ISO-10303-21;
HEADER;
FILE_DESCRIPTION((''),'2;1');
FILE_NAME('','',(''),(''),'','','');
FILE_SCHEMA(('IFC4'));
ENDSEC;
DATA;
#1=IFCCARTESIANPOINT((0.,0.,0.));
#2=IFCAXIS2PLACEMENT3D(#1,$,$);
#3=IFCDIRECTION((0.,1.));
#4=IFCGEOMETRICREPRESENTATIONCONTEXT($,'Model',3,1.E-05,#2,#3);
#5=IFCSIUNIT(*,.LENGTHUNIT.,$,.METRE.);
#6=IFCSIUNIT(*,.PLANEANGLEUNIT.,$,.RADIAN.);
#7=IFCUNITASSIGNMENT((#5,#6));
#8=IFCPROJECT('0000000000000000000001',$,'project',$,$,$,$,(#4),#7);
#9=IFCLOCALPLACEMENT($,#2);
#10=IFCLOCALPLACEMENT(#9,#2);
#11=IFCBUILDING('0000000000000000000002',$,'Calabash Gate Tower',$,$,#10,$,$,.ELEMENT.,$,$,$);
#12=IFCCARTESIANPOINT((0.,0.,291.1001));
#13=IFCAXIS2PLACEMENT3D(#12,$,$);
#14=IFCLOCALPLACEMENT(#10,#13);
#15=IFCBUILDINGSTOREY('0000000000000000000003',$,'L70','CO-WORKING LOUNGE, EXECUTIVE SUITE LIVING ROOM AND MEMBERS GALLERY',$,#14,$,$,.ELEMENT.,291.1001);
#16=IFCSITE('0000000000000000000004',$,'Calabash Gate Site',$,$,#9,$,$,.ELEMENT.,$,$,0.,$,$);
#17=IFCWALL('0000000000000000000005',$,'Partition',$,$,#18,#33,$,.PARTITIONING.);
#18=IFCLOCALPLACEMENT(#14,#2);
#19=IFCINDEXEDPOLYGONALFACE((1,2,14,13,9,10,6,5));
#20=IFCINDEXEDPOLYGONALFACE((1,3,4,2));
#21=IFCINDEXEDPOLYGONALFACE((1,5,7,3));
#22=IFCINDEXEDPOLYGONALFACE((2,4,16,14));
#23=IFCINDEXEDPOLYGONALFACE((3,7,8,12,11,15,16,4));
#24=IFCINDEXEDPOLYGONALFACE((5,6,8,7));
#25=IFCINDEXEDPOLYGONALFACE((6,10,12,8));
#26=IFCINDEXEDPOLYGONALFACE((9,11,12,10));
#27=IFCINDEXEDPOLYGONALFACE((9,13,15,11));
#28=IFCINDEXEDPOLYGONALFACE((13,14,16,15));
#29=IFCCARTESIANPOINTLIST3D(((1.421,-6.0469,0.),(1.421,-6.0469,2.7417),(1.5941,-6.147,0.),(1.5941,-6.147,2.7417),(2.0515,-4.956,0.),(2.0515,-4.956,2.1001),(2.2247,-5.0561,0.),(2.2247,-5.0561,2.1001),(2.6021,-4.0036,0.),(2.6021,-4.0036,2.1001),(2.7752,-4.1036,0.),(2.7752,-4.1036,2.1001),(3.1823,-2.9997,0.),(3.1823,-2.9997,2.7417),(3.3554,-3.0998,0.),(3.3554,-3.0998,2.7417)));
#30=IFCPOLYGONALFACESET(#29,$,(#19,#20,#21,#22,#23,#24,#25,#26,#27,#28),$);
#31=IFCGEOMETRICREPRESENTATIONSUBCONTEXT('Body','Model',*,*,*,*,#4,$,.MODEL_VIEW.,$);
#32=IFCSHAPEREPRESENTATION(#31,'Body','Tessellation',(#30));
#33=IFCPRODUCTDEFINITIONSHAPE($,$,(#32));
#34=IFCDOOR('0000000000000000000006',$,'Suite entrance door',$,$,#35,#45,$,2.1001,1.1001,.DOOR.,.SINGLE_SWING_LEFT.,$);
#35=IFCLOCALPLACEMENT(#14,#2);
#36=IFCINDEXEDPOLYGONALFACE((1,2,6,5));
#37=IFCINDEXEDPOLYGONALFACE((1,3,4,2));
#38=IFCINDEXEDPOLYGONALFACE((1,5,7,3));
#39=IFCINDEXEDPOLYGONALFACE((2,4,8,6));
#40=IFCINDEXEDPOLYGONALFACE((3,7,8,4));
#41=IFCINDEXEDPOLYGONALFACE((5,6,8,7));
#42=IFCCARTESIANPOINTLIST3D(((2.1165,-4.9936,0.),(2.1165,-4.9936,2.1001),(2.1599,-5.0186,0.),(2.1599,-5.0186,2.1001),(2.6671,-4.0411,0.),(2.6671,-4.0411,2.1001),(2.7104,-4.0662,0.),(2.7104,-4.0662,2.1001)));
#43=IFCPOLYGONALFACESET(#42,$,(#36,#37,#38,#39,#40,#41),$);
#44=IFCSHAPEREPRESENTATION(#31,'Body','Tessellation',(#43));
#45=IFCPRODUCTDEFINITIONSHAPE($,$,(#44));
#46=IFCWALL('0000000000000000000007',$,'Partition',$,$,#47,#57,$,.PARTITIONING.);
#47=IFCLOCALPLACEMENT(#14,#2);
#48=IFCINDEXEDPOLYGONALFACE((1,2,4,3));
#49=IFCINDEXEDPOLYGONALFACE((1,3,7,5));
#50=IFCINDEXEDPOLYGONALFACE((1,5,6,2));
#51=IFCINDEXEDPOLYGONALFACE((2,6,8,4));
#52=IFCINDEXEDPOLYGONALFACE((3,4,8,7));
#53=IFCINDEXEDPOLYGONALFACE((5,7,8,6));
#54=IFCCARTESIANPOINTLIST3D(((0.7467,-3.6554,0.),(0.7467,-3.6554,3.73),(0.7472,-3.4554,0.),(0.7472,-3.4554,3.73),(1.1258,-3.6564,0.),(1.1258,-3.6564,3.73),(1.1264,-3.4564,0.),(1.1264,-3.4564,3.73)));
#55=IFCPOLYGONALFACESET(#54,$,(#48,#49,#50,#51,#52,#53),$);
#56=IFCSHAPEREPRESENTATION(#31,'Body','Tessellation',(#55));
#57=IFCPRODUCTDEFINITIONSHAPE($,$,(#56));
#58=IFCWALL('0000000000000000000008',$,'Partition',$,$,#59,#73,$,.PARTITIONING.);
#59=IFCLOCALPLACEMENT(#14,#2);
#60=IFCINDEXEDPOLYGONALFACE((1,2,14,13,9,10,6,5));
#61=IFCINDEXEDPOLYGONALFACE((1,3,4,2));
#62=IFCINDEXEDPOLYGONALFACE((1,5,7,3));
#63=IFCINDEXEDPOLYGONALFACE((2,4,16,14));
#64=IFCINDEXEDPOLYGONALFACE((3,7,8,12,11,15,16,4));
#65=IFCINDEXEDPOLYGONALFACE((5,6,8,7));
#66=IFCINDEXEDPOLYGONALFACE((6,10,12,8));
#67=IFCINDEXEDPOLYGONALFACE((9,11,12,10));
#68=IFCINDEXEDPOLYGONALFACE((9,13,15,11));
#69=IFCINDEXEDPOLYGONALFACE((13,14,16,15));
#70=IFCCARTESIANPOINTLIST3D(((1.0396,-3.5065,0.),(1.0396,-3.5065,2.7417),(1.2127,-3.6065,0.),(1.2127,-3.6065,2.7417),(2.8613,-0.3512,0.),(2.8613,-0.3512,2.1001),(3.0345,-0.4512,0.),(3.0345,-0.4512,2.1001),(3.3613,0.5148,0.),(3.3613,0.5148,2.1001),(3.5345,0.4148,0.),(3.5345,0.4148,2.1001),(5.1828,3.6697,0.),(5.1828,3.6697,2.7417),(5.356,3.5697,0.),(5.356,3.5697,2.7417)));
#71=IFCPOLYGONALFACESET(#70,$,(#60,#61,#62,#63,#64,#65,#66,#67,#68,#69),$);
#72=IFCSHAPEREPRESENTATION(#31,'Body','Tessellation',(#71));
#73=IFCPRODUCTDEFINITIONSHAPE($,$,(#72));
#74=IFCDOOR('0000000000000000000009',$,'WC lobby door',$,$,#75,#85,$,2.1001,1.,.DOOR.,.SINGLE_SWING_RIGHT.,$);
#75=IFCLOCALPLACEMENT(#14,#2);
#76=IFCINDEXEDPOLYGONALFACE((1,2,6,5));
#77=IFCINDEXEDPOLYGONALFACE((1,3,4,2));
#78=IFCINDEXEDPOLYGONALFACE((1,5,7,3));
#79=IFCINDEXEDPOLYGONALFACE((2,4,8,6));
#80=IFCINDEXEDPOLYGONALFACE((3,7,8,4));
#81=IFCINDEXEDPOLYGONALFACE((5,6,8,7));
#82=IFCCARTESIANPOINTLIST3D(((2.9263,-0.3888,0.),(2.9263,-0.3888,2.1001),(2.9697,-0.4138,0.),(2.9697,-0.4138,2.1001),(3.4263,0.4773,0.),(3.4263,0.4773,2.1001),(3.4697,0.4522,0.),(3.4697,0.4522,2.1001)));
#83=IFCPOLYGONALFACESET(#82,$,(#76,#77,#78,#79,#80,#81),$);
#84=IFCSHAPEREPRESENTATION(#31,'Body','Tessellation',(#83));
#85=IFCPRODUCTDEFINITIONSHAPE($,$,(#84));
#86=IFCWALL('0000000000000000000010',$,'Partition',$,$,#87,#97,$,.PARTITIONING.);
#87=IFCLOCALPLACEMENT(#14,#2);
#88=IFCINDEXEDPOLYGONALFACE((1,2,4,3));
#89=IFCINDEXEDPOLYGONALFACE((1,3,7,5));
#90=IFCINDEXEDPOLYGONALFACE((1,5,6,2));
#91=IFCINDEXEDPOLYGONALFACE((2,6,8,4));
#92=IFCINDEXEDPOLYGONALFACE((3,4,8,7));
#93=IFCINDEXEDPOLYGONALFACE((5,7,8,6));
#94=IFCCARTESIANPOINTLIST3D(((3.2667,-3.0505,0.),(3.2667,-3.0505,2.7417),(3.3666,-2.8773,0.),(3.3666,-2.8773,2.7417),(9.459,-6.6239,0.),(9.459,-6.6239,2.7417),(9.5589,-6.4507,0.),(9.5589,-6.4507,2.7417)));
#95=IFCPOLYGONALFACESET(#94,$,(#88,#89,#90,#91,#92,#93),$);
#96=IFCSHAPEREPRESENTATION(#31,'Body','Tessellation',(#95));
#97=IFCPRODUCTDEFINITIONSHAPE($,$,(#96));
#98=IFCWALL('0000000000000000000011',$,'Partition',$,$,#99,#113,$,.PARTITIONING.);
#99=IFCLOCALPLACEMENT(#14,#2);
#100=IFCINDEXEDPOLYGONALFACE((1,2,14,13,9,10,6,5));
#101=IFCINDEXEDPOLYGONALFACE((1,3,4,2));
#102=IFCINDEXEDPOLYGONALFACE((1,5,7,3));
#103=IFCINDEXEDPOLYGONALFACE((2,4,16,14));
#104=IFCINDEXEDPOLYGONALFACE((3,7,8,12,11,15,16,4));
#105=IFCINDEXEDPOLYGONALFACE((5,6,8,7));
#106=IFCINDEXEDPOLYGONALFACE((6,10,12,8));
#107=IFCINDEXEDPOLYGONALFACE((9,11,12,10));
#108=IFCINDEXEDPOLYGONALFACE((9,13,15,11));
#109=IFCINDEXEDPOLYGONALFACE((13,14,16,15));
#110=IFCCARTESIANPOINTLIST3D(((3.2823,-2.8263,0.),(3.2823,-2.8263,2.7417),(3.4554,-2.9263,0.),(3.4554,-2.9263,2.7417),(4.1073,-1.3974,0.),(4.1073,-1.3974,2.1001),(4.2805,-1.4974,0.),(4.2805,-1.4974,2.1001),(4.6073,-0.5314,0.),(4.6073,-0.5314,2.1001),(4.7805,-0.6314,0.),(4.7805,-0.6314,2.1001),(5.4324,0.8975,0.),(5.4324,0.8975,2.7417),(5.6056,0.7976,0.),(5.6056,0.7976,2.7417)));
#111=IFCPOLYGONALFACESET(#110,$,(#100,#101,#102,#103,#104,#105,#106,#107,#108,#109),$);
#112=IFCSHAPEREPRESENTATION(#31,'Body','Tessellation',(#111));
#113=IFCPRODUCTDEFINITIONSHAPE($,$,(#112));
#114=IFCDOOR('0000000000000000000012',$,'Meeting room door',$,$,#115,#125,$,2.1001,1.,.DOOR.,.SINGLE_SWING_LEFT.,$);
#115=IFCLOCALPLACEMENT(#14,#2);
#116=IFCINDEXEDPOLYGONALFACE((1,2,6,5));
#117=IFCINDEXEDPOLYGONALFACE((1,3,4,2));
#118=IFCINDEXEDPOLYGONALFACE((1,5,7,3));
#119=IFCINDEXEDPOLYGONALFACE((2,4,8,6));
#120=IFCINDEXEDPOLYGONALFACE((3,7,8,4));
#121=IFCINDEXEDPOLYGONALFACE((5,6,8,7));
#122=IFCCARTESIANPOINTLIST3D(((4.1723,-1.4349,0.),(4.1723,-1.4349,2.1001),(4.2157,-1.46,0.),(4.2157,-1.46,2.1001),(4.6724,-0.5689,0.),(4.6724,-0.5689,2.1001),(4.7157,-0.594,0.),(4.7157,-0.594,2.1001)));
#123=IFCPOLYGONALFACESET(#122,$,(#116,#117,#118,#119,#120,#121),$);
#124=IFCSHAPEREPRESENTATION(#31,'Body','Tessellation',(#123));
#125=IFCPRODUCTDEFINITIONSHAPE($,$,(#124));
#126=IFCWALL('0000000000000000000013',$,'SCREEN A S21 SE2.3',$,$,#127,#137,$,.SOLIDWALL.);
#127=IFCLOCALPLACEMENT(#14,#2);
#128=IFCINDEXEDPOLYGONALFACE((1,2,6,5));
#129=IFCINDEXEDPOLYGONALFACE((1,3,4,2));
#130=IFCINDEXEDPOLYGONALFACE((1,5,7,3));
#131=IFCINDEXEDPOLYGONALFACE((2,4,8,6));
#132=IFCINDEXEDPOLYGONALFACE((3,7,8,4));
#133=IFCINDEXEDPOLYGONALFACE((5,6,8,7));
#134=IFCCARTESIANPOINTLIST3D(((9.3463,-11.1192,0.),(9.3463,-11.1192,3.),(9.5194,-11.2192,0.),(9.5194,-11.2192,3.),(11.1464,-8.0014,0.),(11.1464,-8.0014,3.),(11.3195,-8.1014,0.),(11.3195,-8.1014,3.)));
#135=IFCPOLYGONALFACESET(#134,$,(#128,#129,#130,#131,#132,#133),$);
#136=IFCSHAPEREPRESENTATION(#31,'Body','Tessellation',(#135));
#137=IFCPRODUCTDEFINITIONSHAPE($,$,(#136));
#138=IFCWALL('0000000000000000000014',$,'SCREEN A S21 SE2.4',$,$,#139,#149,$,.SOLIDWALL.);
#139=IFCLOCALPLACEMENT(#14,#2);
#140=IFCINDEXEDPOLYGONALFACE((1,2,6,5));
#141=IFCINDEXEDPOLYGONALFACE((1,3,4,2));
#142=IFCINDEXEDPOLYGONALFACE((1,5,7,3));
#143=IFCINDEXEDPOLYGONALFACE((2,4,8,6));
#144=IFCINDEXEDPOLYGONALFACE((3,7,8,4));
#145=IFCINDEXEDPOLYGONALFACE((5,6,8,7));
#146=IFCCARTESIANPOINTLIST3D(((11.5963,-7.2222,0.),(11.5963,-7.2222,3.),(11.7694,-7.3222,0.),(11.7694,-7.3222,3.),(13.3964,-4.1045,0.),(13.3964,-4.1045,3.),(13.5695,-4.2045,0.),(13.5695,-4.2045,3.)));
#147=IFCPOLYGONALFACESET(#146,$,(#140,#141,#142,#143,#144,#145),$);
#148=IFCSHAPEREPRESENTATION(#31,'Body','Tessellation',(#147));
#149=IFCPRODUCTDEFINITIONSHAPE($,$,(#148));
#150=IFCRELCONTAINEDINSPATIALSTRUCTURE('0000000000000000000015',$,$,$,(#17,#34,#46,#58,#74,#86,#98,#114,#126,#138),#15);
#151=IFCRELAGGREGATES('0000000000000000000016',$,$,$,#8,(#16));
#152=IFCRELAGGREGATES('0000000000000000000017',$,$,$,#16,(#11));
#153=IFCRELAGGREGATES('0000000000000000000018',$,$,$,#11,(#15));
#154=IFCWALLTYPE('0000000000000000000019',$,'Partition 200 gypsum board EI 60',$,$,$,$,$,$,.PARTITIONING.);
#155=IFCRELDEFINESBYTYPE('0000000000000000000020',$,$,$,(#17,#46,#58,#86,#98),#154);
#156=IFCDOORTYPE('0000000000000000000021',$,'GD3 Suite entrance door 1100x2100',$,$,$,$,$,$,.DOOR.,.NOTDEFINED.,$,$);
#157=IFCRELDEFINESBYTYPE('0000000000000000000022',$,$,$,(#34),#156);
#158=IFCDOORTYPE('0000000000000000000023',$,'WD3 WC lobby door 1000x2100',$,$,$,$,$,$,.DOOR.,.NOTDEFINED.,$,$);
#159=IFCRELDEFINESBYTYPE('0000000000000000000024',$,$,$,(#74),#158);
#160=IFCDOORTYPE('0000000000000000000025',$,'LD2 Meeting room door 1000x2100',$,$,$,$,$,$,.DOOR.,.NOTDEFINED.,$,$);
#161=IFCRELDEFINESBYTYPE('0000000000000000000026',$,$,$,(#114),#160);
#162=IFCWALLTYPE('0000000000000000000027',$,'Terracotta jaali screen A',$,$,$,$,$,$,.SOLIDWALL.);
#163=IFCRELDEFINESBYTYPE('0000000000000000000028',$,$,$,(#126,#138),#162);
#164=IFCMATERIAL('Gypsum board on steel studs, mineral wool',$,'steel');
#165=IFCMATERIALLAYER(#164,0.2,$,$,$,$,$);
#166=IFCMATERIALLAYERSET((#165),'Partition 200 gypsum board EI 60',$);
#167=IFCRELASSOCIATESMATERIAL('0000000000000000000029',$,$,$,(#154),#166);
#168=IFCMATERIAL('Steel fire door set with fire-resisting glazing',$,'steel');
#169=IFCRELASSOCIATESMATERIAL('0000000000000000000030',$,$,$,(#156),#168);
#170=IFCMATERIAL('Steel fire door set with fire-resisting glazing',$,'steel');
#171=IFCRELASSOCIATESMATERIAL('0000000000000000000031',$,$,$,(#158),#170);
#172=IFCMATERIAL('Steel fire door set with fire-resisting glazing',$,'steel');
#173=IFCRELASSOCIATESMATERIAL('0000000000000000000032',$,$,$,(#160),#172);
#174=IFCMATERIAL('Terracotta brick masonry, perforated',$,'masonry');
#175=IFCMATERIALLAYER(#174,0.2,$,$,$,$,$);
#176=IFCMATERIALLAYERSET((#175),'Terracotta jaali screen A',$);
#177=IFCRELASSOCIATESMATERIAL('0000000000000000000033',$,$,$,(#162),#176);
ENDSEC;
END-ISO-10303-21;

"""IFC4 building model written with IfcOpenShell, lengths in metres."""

from ifc_helpers import new_model, si_unit, direction, frame, frame_2d, origin, place, context, subcontext, project, spatial, rectangle, extrude, material, layer, layer_set, type_object, element, fill, save


model = new_model("IFC4")

# Units and contexts
model_context = context("Model", 3, precision=1e-05, world=origin(), true_north=direction((0.0, 1.0)))
body_context = subcontext(model_context, "Body", "Model", "MODEL_VIEW")
ifc_project = project(units=[si_unit("LENGTHUNIT", "METRE"), si_unit("PLANEANGLEUNIT", "RADIAN")], contexts=[model_context])

# Site, building, storey
site_placement = place(None, origin())
site = spatial("IfcSite", under=ifc_project, at=site_placement, Name="Calabash Gate Site", CompositionType="ELEMENT", RefElevation=0.0)
building_placement = place(site_placement, origin())
building = spatial("IfcBuilding", under=site, at=building_placement, Name="Calabash Gate Tower", CompositionType="ELEMENT")
storey_placement = place(building_placement, frame((0.0, 0.0, 291.1001)))
storey = spatial("IfcBuildingStorey", under=building, at=storey_placement, Name="L70", Description="CO-WORKING LOUNGE, EXECUTIVE SUITE LIVING ROOM AND MEMBERS GALLERY", CompositionType="ELEMENT", Elevation=291.1001)

# Shared definitions
ifc_material_1 = material(Name="Gypsum board on steel studs, mineral wool", Category="steel")
ifc_layer_1 = layer(ifc_material_1, 0.2)
ifc_layer_set_1 = layer_set([ifc_layer_1], Name="Partition 200 gypsum board EI 60")
wall_type_1 = type_object("IfcWallType", Name="Partition 200 gypsum board EI 60", PredefinedType="PARTITIONING", material=ifc_layer_set_1)

# Wall, opening, door
wall_1_placement = place(storey_placement, frame((1.5076, -6.0969, 0.0), z_axis=(0.0, 0.0, 1.0), x_axis=(0.500421, 0.865782, 0.0)))
wall_1 = element("IfcWall", 1, at=wall_1_placement, inside=storey, type_object=wall_type_1, Name="Partition", PredefinedType="PARTITIONING", context=body_context, shape_type="SweptSolid", body=[
    extrude(rectangle(XDim=3.5195, YDim=0.2, at=frame_2d((1.7598, 0.0))), origin(), (0.0, 0.0, 1.0), 2.7417),
])
opening_1_placement = place(wall_1_placement, frame((1.26, 0.0, 0.0)))
opening_1 = element("IfcOpeningElement", 2, at=opening_1_placement, cuts=wall_1, PredefinedType="OPENING", context=body_context, shape_type="SweptSolid", body=[
    extrude(rectangle(XDim=1.1001, YDim=2.1001, at=frame_2d((0.55, 1.05))), frame((0.0, 0.1099, 0.0), z_axis=(0.0, -1.0, 0.0), x_axis=(1.0, 0.0, 0.0)), (0.0, 0.0, 1.0), 0.22),
])
ifc_material_2 = material(Name="Steel fire door set with fire-resisting glazing", Category="steel")
door_type_1 = type_object("IfcDoorType", Name="GD3 Suite entrance door 1100x2100", OperationType="NOTDEFINED", PredefinedType="DOOR", material=ifc_material_2)
door_1_placement = place(opening_1_placement, origin())
door_1 = element("IfcDoor", 3, at=door_1_placement, inside=storey, type_object=door_type_1, Name="Suite entrance door", OperationType="SINGLE_SWING_LEFT", OverallHeight=2.1001, OverallWidth=1.1001, PredefinedType="DOOR", context=body_context, shape_type="SweptSolid", body=[
    extrude(rectangle(XDim=1.1001, YDim=2.1001, at=frame_2d((0.55, 1.05))), frame((0.0, 0.0249, 0.0), z_axis=(0.0, -1.0, 0.0), x_axis=(1.0, 0.0, 0.0)), (0.0, 0.0, 1.0), 0.05),
])
fill(opening_1, door_1)

# Wall
wall_2_placement = place(storey_placement, frame((0.7471, -3.5554, 0.0), z_axis=(0.0, 0.0, 1.0), x_axis=(0.999997, -0.002576, 0.0)))
element("IfcWall", 4, at=wall_2_placement, inside=storey, type_object=wall_type_1, Name="Partition", PredefinedType="PARTITIONING", context=body_context, shape_type="SweptSolid", body=[
    extrude(rectangle(XDim=0.3792, YDim=0.2, at=frame_2d((0.1895, 0.0))), origin(), (0.0, 0.0, 1.0), 3.73),
])

# Wall, opening, door
wall_3_placement = place(storey_placement, frame((1.1262, -3.5564, 0.0), z_axis=(0.0, 0.0, 1.0), x_axis=(0.500008, 0.866021, 0.0)))
wall_3 = element("IfcWall", 5, at=wall_3_placement, inside=storey, type_object=wall_type_1, Name="Partition", PredefinedType="PARTITIONING", context=body_context, shape_type="SweptSolid", body=[
    extrude(rectangle(XDim=8.2864, YDim=0.2, at=frame_2d((4.1431, 0.0))), origin(), (0.0, 0.0, 1.0), 2.7417),
])
opening_2_placement = place(wall_3_placement, frame((3.6433, 0.0, 0.0)))
opening_2 = element("IfcOpeningElement", 6, at=opening_2_placement, cuts=wall_3, PredefinedType="OPENING", context=body_context, shape_type="SweptSolid", body=[
    extrude(rectangle(XDim=1.0, YDim=2.1001, at=frame_2d((0.5, 1.05))), frame((0.0, 0.1099, 0.0), z_axis=(0.0, -1.0, 0.0), x_axis=(1.0, 0.0, 0.0)), (0.0, 0.0, 1.0), 0.22),
])
ifc_material_3 = material(Name="Steel fire door set with fire-resisting glazing", Category="steel")
door_type_2 = type_object("IfcDoorType", Name="WD3 WC lobby door 1000x2100", OperationType="NOTDEFINED", PredefinedType="DOOR", material=ifc_material_3)
door_2_placement = place(opening_2_placement, origin())
door_2 = element("IfcDoor", 7, at=door_2_placement, inside=storey, type_object=door_type_2, Name="WC lobby door", OperationType="SINGLE_SWING_RIGHT", OverallHeight=2.1001, OverallWidth=1.0, PredefinedType="DOOR", context=body_context, shape_type="SweptSolid", body=[
    extrude(rectangle(XDim=1.0, YDim=2.1001, at=frame_2d((0.5, 1.05))), frame((0.0, 0.0249, 0.0), z_axis=(0.0, -1.0, 0.0), x_axis=(1.0, 0.0, 0.0)), (0.0, 0.0, 1.0), 0.05),
])
fill(opening_2, door_2)

# Wall
wall_4_placement = place(storey_placement, frame((3.3167, -2.9639, 0.0), z_axis=(0.0, 0.0, 1.0), x_axis=(0.866128, -0.499823, 0.0)))
element("IfcWall", 8, at=wall_4_placement, inside=storey, type_object=wall_type_1, Name="Partition", PredefinedType="PARTITIONING", context=body_context, shape_type="SweptSolid", body=[
    extrude(rectangle(XDim=7.1494, YDim=0.2, at=frame_2d((3.5747, 0.0))), origin(), (0.0, 0.0, 1.0), 2.7417),
])

# Wall, opening, door
wall_5_placement = place(storey_placement, frame((3.3689, -2.8762, 0.0), z_axis=(0.0, 0.0, 1.0), x_axis=(0.500029, 0.866009, 0.0)))
wall_5 = element("IfcWall", 9, at=wall_5_placement, inside=storey, type_object=wall_type_1, Name="Partition", PredefinedType="PARTITIONING", context=body_context, shape_type="SweptSolid", body=[
    extrude(rectangle(XDim=4.3, YDim=0.2, at=frame_2d((2.1499, 0.0))), origin(), (0.0, 0.0, 1.0), 2.7417),
])
opening_3_placement = place(wall_5_placement, frame((1.6499, 0.0, 0.0)))
opening_3 = element("IfcOpeningElement", 10, at=opening_3_placement, cuts=wall_5, PredefinedType="OPENING", context=body_context, shape_type="SweptSolid", body=[
    extrude(rectangle(XDim=1.0, YDim=2.1001, at=frame_2d((0.5, 1.05))), frame((0.0, 0.1099, 0.0), z_axis=(0.0, -1.0, 0.0), x_axis=(1.0, 0.0, 0.0)), (0.0, 0.0, 1.0), 0.22),
])
ifc_material_4 = material(Name="Steel fire door set with fire-resisting glazing", Category="steel")
door_type_3 = type_object("IfcDoorType", Name="LD2 Meeting room door 1000x2100", OperationType="NOTDEFINED", PredefinedType="DOOR", material=ifc_material_4)
door_3_placement = place(opening_3_placement, origin())
door_3 = element("IfcDoor", 11, at=door_3_placement, inside=storey, type_object=door_type_3, Name="Meeting room door", OperationType="SINGLE_SWING_LEFT", OverallHeight=2.1001, OverallWidth=1.0, PredefinedType="DOOR", context=body_context, shape_type="SweptSolid", body=[
    extrude(rectangle(XDim=1.0, YDim=2.1001, at=frame_2d((0.5, 1.05))), frame((0.0, 0.0249, 0.0), z_axis=(0.0, -1.0, 0.0), x_axis=(1.0, 0.0, 0.0)), (0.0, 0.0, 1.0), 0.05),
])
fill(opening_3, door_3)

# Walls
ifc_material_5 = material(Name="Terracotta brick masonry, perforated", Category="masonry")
ifc_layer_2 = layer(ifc_material_5, 0.2)
ifc_layer_set_2 = layer_set([ifc_layer_2], Name="Terracotta jaali screen A")
wall_type_2 = type_object("IfcWallType", Name="Terracotta jaali screen A", PredefinedType="SOLIDWALL", material=ifc_layer_set_2)
for number, where, z_axis, x_axis, name in (
    (12, (9.4329, -11.1692, 0.0), (0.0, 0.0, 1.0), (0.500012, 0.866018, 0.0), "SCREEN A S21 SE2.3"),
    (13, (11.6829, -7.2722, 0.0), (0.0, 0.0, 1.0), (0.500012, 0.866018, 0.0), "SCREEN A S21 SE2.4"),
):
    element("IfcWall", number, at=place(storey_placement, frame(where, z_axis=z_axis, x_axis=x_axis)), inside=storey, type_object=wall_type_2, Name=name, PredefinedType="SOLIDWALL", context=body_context, shape_type="SweptSolid", body=[
        extrude(rectangle(XDim=3.6001, YDim=0.2, at=frame_2d((1.8, 0.0))), origin(), (0.0, 0.0, 1.0), 3.0),
    ])

save(model, "model.ifc")
